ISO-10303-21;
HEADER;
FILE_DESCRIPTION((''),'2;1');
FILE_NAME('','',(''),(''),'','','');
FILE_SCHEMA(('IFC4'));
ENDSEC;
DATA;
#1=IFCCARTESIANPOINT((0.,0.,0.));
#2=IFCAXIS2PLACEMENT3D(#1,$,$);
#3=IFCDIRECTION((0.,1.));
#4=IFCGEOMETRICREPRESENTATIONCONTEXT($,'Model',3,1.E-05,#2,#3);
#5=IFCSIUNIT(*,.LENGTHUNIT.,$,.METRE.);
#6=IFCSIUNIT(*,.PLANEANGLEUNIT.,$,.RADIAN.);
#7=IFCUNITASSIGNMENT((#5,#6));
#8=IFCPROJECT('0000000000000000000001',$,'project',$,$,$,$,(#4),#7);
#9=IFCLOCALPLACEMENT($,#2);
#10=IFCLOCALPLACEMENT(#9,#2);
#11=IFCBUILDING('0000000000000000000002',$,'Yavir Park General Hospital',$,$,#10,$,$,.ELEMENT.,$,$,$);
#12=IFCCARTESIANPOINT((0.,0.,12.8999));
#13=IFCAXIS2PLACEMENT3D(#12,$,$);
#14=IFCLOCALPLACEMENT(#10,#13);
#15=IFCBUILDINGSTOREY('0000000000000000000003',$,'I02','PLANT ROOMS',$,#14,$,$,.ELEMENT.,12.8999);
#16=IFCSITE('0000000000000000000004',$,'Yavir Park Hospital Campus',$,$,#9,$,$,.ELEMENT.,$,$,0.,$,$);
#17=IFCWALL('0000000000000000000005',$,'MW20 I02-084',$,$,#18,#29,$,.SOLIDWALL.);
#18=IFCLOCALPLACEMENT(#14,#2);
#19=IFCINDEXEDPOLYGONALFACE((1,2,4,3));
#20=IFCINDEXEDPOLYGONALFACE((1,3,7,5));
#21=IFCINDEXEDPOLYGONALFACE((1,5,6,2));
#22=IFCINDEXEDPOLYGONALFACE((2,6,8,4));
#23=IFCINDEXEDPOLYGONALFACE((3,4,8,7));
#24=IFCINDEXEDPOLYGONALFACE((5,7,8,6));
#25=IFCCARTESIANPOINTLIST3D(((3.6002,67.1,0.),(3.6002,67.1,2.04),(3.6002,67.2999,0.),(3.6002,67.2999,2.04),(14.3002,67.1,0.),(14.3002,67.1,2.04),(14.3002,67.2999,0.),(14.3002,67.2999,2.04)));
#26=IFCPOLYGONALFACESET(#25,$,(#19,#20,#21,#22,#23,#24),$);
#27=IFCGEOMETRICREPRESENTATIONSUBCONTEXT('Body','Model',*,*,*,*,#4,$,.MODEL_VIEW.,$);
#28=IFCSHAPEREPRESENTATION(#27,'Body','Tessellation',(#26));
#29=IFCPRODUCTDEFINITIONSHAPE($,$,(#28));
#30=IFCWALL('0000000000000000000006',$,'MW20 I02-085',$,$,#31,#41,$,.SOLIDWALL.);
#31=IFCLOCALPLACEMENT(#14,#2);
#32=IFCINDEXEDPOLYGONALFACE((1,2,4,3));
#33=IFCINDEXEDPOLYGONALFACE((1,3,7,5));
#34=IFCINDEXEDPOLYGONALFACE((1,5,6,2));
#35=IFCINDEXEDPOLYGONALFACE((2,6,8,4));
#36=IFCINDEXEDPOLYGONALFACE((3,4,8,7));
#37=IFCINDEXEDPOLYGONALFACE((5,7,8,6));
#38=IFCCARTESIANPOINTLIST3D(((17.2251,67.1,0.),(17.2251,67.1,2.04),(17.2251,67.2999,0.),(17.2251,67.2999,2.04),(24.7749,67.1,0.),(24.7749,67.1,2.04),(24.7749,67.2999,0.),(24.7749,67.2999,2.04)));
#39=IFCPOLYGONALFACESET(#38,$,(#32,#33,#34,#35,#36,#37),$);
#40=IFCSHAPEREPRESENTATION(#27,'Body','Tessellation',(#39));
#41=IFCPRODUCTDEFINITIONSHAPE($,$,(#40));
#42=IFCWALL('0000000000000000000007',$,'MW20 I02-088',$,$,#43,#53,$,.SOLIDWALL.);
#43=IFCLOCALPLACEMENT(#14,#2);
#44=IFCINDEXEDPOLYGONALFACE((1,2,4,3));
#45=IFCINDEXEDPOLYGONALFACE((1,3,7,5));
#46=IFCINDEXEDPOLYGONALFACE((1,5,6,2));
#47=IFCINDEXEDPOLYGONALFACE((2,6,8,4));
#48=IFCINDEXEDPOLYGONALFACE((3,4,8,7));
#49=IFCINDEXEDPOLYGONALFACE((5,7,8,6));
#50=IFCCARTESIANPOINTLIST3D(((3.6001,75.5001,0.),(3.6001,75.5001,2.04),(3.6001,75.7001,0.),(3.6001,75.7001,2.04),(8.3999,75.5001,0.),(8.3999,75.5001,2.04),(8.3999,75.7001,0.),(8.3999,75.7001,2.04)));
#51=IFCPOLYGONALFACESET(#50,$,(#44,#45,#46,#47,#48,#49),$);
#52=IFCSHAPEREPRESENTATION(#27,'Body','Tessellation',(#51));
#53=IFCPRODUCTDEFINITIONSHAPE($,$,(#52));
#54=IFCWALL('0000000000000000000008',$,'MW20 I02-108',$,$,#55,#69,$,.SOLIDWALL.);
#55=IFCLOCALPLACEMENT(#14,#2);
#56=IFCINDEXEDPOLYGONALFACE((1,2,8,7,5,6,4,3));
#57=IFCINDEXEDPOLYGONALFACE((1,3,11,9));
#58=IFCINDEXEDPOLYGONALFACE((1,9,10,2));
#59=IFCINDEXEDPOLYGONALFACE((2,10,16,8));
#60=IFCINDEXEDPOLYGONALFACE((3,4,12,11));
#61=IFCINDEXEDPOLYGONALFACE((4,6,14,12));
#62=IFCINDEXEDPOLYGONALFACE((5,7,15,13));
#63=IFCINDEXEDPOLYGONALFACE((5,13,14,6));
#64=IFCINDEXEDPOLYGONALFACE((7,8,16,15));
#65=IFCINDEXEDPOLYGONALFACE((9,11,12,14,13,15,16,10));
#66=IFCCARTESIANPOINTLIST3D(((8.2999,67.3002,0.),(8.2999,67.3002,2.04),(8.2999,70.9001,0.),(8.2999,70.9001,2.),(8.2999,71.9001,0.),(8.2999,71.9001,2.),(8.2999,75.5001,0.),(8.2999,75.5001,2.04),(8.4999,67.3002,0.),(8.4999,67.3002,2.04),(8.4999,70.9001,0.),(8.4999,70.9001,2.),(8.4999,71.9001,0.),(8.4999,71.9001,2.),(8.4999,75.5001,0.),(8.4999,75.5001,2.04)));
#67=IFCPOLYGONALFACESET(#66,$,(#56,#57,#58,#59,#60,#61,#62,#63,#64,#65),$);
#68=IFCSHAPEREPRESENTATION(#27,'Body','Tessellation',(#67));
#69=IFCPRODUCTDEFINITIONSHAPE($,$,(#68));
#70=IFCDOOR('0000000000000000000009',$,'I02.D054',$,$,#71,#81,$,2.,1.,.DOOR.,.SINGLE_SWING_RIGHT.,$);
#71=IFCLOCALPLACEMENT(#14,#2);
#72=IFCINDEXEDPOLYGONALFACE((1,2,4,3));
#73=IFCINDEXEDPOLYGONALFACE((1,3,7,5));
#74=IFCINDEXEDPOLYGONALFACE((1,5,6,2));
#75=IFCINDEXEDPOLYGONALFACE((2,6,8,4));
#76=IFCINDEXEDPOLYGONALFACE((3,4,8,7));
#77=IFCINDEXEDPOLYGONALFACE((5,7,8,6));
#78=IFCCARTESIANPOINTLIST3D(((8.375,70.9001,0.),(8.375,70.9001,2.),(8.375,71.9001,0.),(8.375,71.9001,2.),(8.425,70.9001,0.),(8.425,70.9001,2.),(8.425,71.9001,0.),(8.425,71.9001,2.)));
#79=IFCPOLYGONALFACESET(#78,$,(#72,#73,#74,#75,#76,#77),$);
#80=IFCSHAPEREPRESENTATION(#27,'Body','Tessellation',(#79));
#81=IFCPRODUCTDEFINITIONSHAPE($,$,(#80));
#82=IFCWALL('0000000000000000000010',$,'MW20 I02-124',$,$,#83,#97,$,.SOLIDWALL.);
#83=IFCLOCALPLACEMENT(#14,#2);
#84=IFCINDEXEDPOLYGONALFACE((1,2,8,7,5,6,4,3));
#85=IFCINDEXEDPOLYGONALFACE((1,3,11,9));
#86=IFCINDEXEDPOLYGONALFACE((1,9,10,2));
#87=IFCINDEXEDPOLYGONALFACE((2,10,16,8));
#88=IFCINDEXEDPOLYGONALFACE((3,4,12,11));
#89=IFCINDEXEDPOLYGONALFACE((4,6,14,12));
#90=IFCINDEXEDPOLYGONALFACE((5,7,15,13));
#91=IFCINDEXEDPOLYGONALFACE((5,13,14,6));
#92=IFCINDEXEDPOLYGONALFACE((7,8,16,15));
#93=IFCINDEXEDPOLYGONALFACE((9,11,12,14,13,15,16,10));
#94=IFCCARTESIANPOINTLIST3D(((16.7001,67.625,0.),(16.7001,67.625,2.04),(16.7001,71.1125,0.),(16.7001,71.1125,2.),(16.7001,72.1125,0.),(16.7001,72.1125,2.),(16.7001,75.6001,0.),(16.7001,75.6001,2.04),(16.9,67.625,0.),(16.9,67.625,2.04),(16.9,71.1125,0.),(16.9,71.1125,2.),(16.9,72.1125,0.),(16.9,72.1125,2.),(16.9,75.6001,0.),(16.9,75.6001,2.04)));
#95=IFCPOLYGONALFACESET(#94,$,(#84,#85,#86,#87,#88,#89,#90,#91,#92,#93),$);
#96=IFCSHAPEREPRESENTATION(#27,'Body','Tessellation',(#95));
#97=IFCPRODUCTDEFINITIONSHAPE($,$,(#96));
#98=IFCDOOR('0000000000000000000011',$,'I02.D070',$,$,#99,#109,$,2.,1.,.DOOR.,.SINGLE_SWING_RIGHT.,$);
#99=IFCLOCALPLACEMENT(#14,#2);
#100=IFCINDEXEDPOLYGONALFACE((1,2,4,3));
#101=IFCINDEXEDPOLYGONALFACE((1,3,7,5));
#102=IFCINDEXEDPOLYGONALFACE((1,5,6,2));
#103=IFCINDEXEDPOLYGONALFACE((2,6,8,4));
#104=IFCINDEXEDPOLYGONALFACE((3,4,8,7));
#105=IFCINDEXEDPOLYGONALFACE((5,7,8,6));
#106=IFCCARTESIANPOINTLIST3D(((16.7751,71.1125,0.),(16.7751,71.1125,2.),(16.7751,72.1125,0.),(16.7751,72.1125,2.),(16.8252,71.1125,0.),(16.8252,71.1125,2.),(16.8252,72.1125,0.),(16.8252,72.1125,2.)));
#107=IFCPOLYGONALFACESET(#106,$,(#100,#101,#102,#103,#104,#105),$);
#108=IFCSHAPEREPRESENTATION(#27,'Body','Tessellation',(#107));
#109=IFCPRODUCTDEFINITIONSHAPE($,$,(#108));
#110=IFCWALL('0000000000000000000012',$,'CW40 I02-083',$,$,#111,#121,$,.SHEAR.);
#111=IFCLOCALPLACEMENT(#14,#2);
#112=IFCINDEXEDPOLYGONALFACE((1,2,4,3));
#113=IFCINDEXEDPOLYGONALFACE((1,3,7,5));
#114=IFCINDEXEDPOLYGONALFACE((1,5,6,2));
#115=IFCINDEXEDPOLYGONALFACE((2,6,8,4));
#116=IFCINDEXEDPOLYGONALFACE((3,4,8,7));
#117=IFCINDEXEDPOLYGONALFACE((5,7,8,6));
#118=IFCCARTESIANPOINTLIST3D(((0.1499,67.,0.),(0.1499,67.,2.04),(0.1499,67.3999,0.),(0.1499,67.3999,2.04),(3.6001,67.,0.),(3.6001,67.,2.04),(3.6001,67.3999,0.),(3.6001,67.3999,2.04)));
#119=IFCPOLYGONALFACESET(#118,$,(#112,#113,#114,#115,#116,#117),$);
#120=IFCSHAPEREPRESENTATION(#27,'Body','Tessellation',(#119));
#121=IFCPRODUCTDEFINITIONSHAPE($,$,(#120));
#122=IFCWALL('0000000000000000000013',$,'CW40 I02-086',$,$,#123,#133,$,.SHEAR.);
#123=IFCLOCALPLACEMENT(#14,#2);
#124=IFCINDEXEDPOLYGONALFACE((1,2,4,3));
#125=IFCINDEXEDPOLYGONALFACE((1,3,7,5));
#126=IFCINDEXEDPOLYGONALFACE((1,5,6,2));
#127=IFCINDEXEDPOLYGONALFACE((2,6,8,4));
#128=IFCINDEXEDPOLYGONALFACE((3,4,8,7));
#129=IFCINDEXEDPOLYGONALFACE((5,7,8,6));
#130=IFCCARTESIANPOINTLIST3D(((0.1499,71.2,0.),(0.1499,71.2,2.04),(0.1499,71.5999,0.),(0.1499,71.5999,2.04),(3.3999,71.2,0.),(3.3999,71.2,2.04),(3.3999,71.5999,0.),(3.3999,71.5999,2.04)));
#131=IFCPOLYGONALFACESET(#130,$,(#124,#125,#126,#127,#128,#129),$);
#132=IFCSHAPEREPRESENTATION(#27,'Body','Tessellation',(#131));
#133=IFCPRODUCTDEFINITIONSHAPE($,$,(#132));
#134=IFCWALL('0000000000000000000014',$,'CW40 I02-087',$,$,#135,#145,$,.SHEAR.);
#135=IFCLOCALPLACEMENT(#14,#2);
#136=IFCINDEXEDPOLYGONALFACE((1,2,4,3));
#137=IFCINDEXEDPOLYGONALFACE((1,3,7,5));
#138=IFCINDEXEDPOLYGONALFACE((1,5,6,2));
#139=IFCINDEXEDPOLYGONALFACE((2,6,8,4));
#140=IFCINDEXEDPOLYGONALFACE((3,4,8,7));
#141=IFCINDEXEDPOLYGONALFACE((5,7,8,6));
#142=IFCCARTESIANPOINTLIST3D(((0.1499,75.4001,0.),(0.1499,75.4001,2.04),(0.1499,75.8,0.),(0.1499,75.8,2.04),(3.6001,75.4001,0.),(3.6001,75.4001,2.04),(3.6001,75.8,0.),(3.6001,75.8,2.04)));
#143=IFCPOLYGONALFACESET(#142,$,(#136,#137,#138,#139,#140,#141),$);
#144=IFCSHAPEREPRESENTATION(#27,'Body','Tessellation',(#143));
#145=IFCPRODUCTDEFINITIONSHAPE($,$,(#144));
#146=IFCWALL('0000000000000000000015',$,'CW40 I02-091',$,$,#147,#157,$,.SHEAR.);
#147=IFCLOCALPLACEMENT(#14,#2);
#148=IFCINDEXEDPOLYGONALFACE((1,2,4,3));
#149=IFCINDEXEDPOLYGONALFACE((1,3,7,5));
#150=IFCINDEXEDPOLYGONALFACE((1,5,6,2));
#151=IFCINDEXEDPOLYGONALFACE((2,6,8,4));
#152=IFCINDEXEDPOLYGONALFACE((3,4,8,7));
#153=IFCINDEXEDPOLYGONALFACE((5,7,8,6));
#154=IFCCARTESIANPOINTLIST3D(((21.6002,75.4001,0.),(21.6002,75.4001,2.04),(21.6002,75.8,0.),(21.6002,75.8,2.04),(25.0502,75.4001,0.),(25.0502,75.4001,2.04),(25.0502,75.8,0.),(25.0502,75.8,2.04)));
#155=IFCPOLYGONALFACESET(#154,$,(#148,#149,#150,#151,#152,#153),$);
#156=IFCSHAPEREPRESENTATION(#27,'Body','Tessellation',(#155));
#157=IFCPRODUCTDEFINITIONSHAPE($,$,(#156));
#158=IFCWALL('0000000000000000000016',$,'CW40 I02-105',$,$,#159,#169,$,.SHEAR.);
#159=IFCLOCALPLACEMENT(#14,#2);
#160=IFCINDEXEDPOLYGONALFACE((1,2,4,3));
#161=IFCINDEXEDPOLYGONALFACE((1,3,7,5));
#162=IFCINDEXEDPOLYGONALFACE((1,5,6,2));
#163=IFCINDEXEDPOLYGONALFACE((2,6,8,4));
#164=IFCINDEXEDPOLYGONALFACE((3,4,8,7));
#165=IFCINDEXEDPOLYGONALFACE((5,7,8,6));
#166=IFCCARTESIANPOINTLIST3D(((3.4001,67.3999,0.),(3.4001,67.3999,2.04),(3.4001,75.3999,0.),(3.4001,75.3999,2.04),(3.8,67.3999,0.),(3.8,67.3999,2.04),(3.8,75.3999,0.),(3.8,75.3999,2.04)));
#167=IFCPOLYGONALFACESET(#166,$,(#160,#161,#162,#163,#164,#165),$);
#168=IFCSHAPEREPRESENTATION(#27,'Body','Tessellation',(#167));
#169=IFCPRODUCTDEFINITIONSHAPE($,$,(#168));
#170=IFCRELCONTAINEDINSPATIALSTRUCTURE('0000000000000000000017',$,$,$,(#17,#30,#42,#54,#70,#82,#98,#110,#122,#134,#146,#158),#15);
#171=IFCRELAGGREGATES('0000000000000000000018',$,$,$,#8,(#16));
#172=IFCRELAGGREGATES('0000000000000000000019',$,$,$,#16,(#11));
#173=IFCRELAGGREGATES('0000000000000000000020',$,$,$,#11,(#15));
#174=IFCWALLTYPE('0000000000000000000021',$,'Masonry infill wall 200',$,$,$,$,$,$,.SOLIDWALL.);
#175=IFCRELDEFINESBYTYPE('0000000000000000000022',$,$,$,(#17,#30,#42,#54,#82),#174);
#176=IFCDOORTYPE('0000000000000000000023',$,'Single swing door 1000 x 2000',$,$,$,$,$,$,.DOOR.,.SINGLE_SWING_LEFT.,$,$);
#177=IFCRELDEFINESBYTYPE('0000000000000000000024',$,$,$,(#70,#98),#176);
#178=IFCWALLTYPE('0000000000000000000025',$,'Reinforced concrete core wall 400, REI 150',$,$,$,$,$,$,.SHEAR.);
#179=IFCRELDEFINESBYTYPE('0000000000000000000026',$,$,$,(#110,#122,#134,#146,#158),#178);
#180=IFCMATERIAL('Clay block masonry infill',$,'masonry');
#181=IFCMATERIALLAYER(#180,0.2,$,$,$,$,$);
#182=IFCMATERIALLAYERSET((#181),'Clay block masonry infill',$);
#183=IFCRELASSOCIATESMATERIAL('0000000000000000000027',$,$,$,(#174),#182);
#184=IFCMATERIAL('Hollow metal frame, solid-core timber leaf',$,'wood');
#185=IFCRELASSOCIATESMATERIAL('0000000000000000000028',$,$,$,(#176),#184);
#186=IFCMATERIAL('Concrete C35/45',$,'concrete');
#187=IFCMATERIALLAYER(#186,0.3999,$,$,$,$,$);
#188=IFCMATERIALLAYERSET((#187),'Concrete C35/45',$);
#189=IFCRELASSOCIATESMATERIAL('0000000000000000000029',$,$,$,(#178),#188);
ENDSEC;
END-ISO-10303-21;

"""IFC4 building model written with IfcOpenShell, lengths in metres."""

from ifc_helpers import new_model, si_unit, direction, frame, frame_2d, origin, place, context, subcontext, project, spatial, rectangle, extrude, material, layer, layer_set, type_object, element, fill, save


model = new_model("IFC4")

# Units and contexts
model_context = context("Model", 3, precision=1e-05, world=origin(), true_north=direction((0.0, 1.0)))
body_context = subcontext(model_context, "Body", "Model", "MODEL_VIEW")
ifc_project = project(units=[si_unit("LENGTHUNIT", "METRE"), si_unit("PLANEANGLEUNIT", "RADIAN")], contexts=[model_context])

# Site, building, storey
site_placement = place(None, origin())
site = spatial("IfcSite", under=ifc_project, at=site_placement, Name="Yavir Park Hospital Campus", CompositionType="ELEMENT", RefElevation=0.0)
building_placement = place(site_placement, origin())
building = spatial("IfcBuilding", under=site, at=building_placement, Name="Yavir Park General Hospital", CompositionType="ELEMENT")
storey_placement = place(building_placement, frame((0.0, 0.0, 12.8999)))
storey = spatial("IfcBuildingStorey", under=building, at=storey_placement, Name="I02", Description="PLANT ROOMS", CompositionType="ELEMENT", Elevation=12.8999)

# Walls
ifc_material_1 = material(Name="Clay block masonry infill", Category="masonry")
ifc_layer_1 = layer(ifc_material_1, 0.2)
ifc_layer_set_1 = layer_set([ifc_layer_1], Name="Clay block masonry infill")
wall_type_1 = type_object("IfcWallType", Name="Masonry infill wall 200", PredefinedType="SOLIDWALL", material=ifc_layer_set_1)
wall_1_placement = place(storey_placement, frame((3.6001, 67.2, 0.0), z_axis=(0.0, 0.0, 1.0), x_axis=(1.0, 0.0, 0.0)))
element("IfcWall", 1, at=wall_1_placement, inside=storey, type_object=wall_type_1, Name="MW20 I02-084", PredefinedType="SOLIDWALL", context=body_context, shape_type="SweptSolid", body=[
    extrude(rectangle(XDim=10.7, YDim=0.2, at=frame_2d((5.3501, 0.0))), origin(), (0.0, 0.0, 1.0), 2.04),
])
wall_2_placement = place(storey_placement, frame((17.2251, 67.2, 0.0), z_axis=(0.0, 0.0, 1.0), x_axis=(1.0, 0.0, 0.0)))
element("IfcWall", 2, at=wall_2_placement, inside=storey, type_object=wall_type_1, Name="MW20 I02-085", PredefinedType="SOLIDWALL", context=body_context, shape_type="SweptSolid", body=[
    extrude(rectangle(XDim=7.5498, YDim=0.2, at=frame_2d((3.7749, 0.0))), origin(), (0.0, 0.0, 1.0), 2.04),
])
wall_3_placement = place(storey_placement, frame((3.6001, 75.6001, 0.0), z_axis=(0.0, 0.0, 1.0), x_axis=(1.0, 0.0, 0.0)))
element("IfcWall", 3, at=wall_3_placement, inside=storey, type_object=wall_type_1, Name="MW20 I02-088", PredefinedType="SOLIDWALL", context=body_context, shape_type="SweptSolid", body=[
    extrude(rectangle(XDim=4.7998, YDim=0.2, at=frame_2d((2.3999, 0.0))), origin(), (0.0, 0.0, 1.0), 2.04),
])

# Walls, openings, doors
wall_4_placement = place(storey_placement, frame((8.3999, 67.3, 0.0), z_axis=(0.0, 0.0, 1.0), x_axis=(0.0, 1.0, 0.0)))
wall_4 = element("IfcWall", 4, at=wall_4_placement, inside=storey, type_object=wall_type_1, Name="MW20 I02-108", PredefinedType="SOLIDWALL", context=body_context, shape_type="SweptSolid", body=[
    extrude(rectangle(XDim=8.2, YDim=0.2, at=frame_2d((4.1001, 0.0))), origin(), (0.0, 0.0, 1.0), 2.04),
])
opening_1_placement = place(wall_4_placement, frame((3.6001, 0.0, 0.0)))
opening_1 = element("IfcOpeningElement", 5, at=opening_1_placement, cuts=wall_4, PredefinedType="OPENING", context=body_context, shape_type="SweptSolid", body=[
    extrude(rectangle(XDim=1.0, YDim=2.0, at=frame_2d((0.5, 1.0))), frame((0.0, 0.1099, 0.0), z_axis=(0.0, -1.0, 0.0), x_axis=(1.0, 0.0, 0.0)), (0.0, 0.0, 1.0), 0.22),
])
ifc_material_2 = material(Name="Hollow metal frame, solid-core timber leaf", Category="wood")
door_type_1 = type_object("IfcDoorType", Name="Single swing door 1000 x 2000", OperationType="SINGLE_SWING_LEFT", PredefinedType="DOOR", material=ifc_material_2)
door_1_placement = place(opening_1_placement, origin())
door_1 = element("IfcDoor", 6, at=door_1_placement, inside=storey, type_object=door_type_1, Name="I02.D054", OperationType="SINGLE_SWING_RIGHT", OverallHeight=2.0, OverallWidth=1.0, PredefinedType="DOOR", context=body_context, shape_type="SweptSolid", body=[
    extrude(rectangle(XDim=1.0, YDim=2.0, at=frame_2d((0.5, 1.0))), frame((0.0, 0.0249, 0.0), z_axis=(0.0, -1.0, 0.0), x_axis=(1.0, 0.0, 0.0)), (0.0, 0.0, 1.0), 0.05),
])
fill(opening_1, door_1)
wall_5_placement = place(storey_placement, frame((16.8, 67.625, 0.0), z_axis=(0.0, 0.0, 1.0), x_axis=(0.0, 1.0, 0.0)))
wall_5 = element("IfcWall", 7, at=wall_5_placement, inside=storey, type_object=wall_type_1, Name="MW20 I02-124", PredefinedType="SOLIDWALL", context=body_context, shape_type="SweptSolid", body=[
    extrude(rectangle(XDim=7.9751, YDim=0.2, at=frame_2d((3.9875, 0.0))), origin(), (0.0, 0.0, 1.0), 2.04),
])
opening_2_placement = place(wall_5_placement, frame((3.4875, 0.0, 0.0)))
opening_2 = element("IfcOpeningElement", 8, at=opening_2_placement, cuts=wall_5, PredefinedType="OPENING", context=body_context, shape_type="SweptSolid", body=[
    extrude(rectangle(XDim=1.0, YDim=2.0, at=frame_2d((0.5, 1.0))), frame((0.0, 0.1099, 0.0), z_axis=(0.0, -1.0, 0.0), x_axis=(1.0, 0.0, 0.0)), (0.0, 0.0, 1.0), 0.22),
])
door_2_placement = place(opening_2_placement, origin())
door_2 = element("IfcDoor", 9, at=door_2_placement, inside=storey, type_object=door_type_1, Name="I02.D070", OperationType="SINGLE_SWING_RIGHT", OverallHeight=2.0, OverallWidth=1.0, PredefinedType="DOOR", context=body_context, shape_type="SweptSolid", body=[
    extrude(rectangle(XDim=1.0, YDim=2.0, at=frame_2d((0.5, 1.0))), frame((0.0, 0.0249, 0.0), z_axis=(0.0, -1.0, 0.0), x_axis=(1.0, 0.0, 0.0)), (0.0, 0.0, 1.0), 0.05),
])
fill(opening_2, door_2)

# Walls
ifc_material_3 = material(Name="Concrete C35/45", Category="concrete")
ifc_layer_2 = layer(ifc_material_3, 0.3999)
ifc_layer_set_2 = layer_set([ifc_layer_2], Name="Concrete C35/45")
wall_type_2 = type_object("IfcWallType", Name="Reinforced concrete core wall 400, REI 150", PredefinedType="SHEAR", material=ifc_layer_set_2)
wall_6_placement = place(storey_placement, frame((0.1499, 67.2, 0.0), z_axis=(0.0, 0.0, 1.0), x_axis=(1.0, 0.0, 0.0)))
element("IfcWall", 10, at=wall_6_placement, inside=storey, type_object=wall_type_2, Name="CW40 I02-083", PredefinedType="SHEAR", context=body_context, shape_type="SweptSolid", body=[
    extrude(rectangle(XDim=3.4502, YDim=0.3999, at=frame_2d((1.7251, 0.0))), origin(), (0.0, 0.0, 1.0), 2.04),
])
wall_7_placement = place(storey_placement, frame((0.1499, 71.3999, 0.0), z_axis=(0.0, 0.0, 1.0), x_axis=(1.0, 0.0, 0.0)))
element("IfcWall", 11, at=wall_7_placement, inside=storey, type_object=wall_type_2, Name="CW40 I02-086", PredefinedType="SHEAR", context=body_context, shape_type="SweptSolid", body=[
    extrude(rectangle(XDim=3.25, YDim=0.3999, at=frame_2d((1.625, 0.0))), origin(), (0.0, 0.0, 1.0), 2.04),
])
wall_8_placement = place(storey_placement, frame((0.1499, 75.6001, 0.0), z_axis=(0.0, 0.0, 1.0), x_axis=(1.0, 0.0, 0.0)))
element("IfcWall", 12, at=wall_8_placement, inside=storey, type_object=wall_type_2, Name="CW40 I02-087", PredefinedType="SHEAR", context=body_context, shape_type="SweptSolid", body=[
    extrude(rectangle(XDim=3.4502, YDim=0.3999, at=frame_2d((1.7251, 0.0))), origin(), (0.0, 0.0, 1.0), 2.04),
])
wall_9_placement = place(storey_placement, frame((21.6001, 75.6001, 0.0), z_axis=(0.0, 0.0, 1.0), x_axis=(1.0, 0.0, 0.0)))
element("IfcWall", 13, at=wall_9_placement, inside=storey, type_object=wall_type_2, Name="CW40 I02-091", PredefinedType="SHEAR", context=body_context, shape_type="SweptSolid", body=[
    extrude(rectangle(XDim=3.45, YDim=0.3999, at=frame_2d((1.7251, 0.0))), origin(), (0.0, 0.0, 1.0), 2.04),
])
wall_10_placement = place(storey_placement, frame((3.6001, 67.3999, 0.0), z_axis=(0.0, 0.0, 1.0), x_axis=(0.0, 1.0, 0.0)))
element("IfcWall", 14, at=wall_10_placement, inside=storey, type_object=wall_type_2, Name="CW40 I02-105", PredefinedType="SHEAR", context=body_context, shape_type="SweptSolid", body=[
    extrude(rectangle(XDim=8.0, YDim=0.3999, at=frame_2d((4.0, 0.0))), origin(), (0.0, 0.0, 1.0), 2.04),
])

save(model, "model.ifc")
